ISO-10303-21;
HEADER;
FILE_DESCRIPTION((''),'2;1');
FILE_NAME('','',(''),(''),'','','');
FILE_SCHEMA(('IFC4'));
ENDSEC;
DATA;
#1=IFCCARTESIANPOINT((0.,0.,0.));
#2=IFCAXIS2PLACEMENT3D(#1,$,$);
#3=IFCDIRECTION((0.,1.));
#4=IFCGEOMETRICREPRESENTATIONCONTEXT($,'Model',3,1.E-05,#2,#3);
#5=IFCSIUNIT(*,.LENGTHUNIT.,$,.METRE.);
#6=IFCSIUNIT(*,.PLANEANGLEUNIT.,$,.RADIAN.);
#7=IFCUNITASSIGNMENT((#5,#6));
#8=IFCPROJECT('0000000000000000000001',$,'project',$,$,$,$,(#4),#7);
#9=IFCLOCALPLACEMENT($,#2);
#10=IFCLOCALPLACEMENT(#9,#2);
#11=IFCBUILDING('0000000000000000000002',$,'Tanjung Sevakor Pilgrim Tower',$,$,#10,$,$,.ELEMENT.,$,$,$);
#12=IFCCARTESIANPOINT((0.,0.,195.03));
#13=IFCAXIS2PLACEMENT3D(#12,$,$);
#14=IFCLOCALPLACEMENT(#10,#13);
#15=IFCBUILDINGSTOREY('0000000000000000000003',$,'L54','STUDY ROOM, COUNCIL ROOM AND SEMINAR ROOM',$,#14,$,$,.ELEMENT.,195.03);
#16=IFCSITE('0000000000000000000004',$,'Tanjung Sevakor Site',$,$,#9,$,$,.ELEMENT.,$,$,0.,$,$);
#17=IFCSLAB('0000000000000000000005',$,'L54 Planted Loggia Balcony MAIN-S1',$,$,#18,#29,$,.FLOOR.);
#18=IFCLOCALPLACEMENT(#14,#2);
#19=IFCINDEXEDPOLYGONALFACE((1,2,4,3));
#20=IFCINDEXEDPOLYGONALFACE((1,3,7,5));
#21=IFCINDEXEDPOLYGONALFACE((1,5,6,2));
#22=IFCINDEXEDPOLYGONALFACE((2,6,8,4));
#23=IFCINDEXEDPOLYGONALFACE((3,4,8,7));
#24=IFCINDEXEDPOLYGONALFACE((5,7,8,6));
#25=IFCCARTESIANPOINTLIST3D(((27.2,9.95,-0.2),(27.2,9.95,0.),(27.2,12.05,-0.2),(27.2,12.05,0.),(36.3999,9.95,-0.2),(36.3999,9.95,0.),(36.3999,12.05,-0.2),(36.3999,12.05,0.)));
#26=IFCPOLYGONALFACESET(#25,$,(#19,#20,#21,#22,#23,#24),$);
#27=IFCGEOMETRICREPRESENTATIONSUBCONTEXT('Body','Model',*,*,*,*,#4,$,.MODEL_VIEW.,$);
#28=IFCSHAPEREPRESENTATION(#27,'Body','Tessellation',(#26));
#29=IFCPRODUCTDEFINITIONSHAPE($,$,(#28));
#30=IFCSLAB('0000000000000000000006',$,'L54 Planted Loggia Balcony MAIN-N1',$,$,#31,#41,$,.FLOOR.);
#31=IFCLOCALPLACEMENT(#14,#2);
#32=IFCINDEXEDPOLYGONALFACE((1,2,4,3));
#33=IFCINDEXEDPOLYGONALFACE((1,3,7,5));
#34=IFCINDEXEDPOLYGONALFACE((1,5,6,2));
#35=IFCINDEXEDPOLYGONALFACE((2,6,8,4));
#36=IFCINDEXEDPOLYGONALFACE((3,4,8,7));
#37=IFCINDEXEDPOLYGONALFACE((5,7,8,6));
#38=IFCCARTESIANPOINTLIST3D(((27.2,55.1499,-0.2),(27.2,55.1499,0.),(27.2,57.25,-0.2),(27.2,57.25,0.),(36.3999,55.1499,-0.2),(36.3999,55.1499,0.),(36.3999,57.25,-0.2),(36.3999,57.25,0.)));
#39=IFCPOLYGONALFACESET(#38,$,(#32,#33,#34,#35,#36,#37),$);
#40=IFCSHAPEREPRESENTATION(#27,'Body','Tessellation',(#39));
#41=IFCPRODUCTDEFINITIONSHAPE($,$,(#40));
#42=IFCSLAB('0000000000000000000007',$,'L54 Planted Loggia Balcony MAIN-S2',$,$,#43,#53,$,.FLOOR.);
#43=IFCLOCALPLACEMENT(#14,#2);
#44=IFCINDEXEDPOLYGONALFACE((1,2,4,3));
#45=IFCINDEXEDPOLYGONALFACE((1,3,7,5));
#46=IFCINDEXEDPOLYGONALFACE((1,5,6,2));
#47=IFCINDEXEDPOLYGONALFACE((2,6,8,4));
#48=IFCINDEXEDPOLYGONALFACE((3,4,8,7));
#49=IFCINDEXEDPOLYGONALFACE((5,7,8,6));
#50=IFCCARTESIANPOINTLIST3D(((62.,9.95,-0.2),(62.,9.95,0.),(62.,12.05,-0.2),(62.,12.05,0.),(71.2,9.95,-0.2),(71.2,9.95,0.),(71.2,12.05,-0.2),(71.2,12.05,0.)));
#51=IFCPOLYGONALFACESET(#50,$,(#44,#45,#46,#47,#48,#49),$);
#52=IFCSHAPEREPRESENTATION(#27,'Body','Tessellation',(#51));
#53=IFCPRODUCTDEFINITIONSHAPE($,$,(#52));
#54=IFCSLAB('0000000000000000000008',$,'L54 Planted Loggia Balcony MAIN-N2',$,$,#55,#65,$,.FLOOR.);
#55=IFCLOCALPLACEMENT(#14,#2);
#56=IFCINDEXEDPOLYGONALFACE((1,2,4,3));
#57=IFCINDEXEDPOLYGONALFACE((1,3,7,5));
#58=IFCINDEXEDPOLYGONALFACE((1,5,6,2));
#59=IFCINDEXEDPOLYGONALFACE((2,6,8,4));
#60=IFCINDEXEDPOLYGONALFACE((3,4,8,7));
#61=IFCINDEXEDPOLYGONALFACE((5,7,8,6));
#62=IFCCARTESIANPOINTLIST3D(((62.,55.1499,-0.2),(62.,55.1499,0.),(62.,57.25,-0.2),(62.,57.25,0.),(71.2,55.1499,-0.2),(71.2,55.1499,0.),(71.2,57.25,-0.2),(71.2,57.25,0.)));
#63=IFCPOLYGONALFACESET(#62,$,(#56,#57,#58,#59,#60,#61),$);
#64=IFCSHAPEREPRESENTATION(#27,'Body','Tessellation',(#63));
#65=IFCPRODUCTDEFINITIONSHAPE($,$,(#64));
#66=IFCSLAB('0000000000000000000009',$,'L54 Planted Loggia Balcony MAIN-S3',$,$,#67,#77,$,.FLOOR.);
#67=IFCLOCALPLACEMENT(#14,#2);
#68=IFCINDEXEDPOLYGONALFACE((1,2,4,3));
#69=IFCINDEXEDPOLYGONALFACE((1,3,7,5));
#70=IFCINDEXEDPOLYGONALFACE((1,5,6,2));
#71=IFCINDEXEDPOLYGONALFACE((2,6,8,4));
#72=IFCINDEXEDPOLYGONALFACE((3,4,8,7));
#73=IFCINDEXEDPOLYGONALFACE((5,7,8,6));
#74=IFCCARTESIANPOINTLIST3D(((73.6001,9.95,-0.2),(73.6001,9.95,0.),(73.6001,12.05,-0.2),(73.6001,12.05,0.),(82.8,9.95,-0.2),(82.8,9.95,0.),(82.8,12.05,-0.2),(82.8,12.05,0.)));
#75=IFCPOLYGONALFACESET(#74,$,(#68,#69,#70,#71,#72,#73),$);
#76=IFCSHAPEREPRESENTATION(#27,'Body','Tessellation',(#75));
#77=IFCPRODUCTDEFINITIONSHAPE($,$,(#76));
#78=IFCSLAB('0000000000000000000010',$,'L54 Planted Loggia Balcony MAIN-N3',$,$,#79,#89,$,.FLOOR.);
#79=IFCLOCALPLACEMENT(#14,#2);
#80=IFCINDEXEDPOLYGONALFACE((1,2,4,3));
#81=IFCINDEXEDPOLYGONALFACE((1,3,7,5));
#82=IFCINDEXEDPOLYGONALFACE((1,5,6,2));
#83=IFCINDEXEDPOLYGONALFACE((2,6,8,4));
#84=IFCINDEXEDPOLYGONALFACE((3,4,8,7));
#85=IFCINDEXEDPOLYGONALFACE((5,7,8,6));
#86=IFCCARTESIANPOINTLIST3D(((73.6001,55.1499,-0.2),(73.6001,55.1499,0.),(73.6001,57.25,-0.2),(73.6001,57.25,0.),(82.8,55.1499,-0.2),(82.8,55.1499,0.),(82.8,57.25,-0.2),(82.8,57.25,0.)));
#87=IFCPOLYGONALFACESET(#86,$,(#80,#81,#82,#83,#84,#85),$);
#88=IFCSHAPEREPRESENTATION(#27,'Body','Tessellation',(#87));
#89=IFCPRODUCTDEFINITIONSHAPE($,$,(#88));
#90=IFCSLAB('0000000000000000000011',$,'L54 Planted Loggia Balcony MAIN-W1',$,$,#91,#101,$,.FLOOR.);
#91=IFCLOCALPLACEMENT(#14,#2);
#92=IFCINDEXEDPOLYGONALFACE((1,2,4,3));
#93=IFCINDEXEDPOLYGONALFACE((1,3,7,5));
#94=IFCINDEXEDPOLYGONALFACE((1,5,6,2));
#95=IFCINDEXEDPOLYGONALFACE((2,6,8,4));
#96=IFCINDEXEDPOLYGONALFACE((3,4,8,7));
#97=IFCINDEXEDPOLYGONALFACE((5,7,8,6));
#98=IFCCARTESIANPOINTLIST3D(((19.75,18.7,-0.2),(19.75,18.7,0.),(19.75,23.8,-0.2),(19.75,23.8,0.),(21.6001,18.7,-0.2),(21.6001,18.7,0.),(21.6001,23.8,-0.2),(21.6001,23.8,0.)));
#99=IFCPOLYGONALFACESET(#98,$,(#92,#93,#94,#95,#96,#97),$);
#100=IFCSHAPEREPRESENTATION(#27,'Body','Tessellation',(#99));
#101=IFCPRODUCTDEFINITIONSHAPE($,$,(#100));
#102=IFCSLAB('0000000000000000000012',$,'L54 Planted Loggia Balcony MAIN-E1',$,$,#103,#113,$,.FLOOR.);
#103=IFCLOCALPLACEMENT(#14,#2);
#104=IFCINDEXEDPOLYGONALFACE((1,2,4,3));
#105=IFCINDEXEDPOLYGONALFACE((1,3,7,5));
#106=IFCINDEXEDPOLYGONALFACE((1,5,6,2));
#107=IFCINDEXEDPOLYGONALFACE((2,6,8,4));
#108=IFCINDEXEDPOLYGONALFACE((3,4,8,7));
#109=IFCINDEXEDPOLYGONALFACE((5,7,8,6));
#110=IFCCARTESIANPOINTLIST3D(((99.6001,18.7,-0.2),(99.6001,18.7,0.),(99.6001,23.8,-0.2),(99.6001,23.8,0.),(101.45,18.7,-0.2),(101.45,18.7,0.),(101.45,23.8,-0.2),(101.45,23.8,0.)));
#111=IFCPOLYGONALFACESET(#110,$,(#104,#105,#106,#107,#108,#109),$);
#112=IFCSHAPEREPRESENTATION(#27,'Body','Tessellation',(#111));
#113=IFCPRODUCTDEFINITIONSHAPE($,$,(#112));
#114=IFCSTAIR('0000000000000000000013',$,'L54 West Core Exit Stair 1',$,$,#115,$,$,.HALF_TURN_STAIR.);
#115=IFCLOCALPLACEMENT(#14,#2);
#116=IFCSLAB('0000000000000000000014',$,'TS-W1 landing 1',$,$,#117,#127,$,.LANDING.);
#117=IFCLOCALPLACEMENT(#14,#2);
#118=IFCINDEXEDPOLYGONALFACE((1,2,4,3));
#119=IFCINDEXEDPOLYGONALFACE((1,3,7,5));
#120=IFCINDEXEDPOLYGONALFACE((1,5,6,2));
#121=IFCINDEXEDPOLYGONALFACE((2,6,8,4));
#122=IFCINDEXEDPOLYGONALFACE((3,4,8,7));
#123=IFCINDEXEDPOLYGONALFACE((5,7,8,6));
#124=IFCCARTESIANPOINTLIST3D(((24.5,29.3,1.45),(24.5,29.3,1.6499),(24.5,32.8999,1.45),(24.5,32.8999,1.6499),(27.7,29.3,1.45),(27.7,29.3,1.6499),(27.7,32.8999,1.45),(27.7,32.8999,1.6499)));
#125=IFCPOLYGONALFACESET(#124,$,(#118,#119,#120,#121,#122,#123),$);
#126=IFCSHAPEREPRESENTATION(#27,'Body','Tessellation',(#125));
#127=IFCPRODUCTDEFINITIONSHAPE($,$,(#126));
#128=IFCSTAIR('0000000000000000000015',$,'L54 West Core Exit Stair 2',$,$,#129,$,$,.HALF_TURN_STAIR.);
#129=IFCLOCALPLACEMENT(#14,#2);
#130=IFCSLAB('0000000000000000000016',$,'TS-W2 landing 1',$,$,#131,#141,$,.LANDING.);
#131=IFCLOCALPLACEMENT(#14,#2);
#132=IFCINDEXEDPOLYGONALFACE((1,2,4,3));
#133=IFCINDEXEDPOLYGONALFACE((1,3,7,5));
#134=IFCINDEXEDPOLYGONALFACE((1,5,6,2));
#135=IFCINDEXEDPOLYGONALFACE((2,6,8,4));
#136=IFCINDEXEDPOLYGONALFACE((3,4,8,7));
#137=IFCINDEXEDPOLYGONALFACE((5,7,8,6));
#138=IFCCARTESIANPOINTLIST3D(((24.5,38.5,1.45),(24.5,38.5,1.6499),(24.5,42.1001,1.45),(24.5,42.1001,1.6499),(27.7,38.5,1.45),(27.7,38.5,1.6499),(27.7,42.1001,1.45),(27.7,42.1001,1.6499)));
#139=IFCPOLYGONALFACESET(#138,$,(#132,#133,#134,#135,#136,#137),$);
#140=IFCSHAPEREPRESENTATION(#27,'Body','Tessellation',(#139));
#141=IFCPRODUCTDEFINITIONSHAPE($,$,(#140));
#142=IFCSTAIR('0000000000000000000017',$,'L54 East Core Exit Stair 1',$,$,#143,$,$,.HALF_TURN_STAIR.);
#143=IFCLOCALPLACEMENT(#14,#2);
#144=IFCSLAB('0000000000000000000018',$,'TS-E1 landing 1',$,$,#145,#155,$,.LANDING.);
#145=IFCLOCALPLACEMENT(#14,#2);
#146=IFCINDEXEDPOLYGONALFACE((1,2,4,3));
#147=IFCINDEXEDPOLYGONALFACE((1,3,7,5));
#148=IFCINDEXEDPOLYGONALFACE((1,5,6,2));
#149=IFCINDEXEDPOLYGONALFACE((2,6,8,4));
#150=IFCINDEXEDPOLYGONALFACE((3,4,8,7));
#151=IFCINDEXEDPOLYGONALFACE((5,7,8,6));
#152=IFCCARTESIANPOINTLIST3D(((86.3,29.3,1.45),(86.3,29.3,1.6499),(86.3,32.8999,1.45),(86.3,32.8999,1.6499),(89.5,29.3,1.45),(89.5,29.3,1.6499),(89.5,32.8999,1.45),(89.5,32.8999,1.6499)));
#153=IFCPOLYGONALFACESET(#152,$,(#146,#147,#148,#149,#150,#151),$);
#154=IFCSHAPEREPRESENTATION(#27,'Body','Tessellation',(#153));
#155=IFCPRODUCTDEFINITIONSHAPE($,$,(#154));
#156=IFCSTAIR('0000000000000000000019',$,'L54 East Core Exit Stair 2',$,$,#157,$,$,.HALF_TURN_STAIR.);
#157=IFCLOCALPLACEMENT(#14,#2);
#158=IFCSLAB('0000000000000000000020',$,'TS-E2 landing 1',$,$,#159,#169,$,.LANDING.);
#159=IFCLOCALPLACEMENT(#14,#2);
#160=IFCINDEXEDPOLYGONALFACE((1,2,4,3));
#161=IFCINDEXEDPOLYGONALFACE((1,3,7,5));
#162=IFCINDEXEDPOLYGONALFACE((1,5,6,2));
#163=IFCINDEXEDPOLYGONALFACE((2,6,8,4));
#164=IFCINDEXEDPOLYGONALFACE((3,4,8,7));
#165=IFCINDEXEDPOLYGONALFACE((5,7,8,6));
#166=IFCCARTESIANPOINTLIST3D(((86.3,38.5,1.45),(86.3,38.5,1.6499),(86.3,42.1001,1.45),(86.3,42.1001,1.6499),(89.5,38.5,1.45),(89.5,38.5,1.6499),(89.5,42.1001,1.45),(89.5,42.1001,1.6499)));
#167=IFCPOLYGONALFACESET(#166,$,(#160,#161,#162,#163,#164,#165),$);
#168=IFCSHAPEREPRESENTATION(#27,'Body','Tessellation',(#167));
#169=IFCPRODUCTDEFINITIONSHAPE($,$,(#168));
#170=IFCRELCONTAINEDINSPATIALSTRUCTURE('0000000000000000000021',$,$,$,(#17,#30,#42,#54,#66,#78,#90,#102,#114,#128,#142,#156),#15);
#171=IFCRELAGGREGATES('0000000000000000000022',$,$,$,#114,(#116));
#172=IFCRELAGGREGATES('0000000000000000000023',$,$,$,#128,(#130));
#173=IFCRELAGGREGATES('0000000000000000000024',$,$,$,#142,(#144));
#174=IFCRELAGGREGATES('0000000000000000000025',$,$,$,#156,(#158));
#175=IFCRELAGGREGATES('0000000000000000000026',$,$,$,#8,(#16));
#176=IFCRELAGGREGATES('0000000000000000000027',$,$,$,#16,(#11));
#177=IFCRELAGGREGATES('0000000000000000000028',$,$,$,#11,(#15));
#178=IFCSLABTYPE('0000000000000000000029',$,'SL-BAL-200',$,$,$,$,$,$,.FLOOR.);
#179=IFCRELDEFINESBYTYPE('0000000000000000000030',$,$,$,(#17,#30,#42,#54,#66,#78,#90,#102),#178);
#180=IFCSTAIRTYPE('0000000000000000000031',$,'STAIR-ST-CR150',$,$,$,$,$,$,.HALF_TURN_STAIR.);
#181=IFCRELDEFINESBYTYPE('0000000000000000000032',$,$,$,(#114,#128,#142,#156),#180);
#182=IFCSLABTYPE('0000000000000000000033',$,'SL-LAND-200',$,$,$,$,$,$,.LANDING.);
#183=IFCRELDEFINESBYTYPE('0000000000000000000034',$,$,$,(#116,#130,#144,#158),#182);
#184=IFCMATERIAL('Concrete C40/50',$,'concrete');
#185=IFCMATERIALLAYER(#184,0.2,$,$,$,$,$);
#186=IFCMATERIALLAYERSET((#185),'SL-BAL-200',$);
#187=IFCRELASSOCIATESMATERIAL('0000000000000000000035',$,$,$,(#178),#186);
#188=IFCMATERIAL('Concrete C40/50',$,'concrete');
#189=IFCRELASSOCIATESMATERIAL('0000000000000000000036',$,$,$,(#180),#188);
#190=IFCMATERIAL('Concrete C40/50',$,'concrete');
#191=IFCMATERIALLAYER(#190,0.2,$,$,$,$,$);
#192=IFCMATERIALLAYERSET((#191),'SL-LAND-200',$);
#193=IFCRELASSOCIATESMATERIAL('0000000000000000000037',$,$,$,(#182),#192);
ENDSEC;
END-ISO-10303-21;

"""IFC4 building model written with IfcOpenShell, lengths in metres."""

from ifc_helpers import new_model, si_unit, direction, frame, origin, place, context, subcontext, project, spatial, polyline, outline, extrude, material, layer, layer_set, type_object, element, aggregate, save


model = new_model("IFC4")

# Units and contexts
model_context = context("Model", 3, precision=1e-05, world=origin(), true_north=direction((0.0, 1.0)))
body_context = subcontext(model_context, "Body", "Model", "MODEL_VIEW")
ifc_project = project(units=[si_unit("LENGTHUNIT", "METRE"), si_unit("PLANEANGLEUNIT", "RADIAN")], contexts=[model_context])

# Site, building, storey
site_placement = place(None, origin())
site = spatial("IfcSite", under=ifc_project, at=site_placement, Name="Tanjung Sevakor Site", CompositionType="ELEMENT", RefElevation=0.0)
building_placement = place(site_placement, origin())
building = spatial("IfcBuilding", under=site, at=building_placement, Name="Tanjung Sevakor Pilgrim Tower", CompositionType="ELEMENT")
storey_placement = place(building_placement, frame((0.0, 0.0, 195.03)))
storey = spatial("IfcBuildingStorey", under=building, at=storey_placement, Name="L54", Description="STUDY ROOM, COUNCIL ROOM AND SEMINAR ROOM", CompositionType="ELEMENT", Elevation=195.03)

# Slabs
ifc_material_1 = material(Name="Concrete C40/50", Category="concrete")
ifc_layer_1 = layer(ifc_material_1, 0.2)
ifc_layer_set_1 = layer_set([ifc_layer_1], Name="SL-BAL-200")
slab_type_1 = type_object("IfcSlabType", Name="SL-BAL-200", PredefinedType="FLOOR", material=ifc_layer_set_1)
slab_1_placement = place(storey_placement, frame((0.0, 0.0, -0.2)))
element("IfcSlab", 1, at=slab_1_placement, inside=storey, type_object=slab_type_1, Name="L54 Planted Loggia Balcony MAIN-S1", PredefinedType="FLOOR", context=body_context, shape_type="SweptSolid", body=[
    extrude(outline(polyline([(27.2, 9.95), (36.3999, 9.95), (36.3999, 12.05), (27.2, 12.05), (27.2, 9.95)])), origin(), (0.0, 0.0, 1.0), 0.2),
])
slab_2_placement = place(storey_placement, frame((0.0, 0.0, -0.2)))
element("IfcSlab", 2, at=slab_2_placement, inside=storey, type_object=slab_type_1, Name="L54 Planted Loggia Balcony MAIN-N1", PredefinedType="FLOOR", context=body_context, shape_type="SweptSolid", body=[
    extrude(outline(polyline([(27.2, 55.1499), (36.3999, 55.1499), (36.3999, 57.25), (27.2, 57.25), (27.2, 55.1499)])), origin(), (0.0, 0.0, 1.0), 0.2),
])
slab_3_placement = place(storey_placement, frame((0.0, 0.0, -0.2)))
element("IfcSlab", 3, at=slab_3_placement, inside=storey, type_object=slab_type_1, Name="L54 Planted Loggia Balcony MAIN-S2", PredefinedType="FLOOR", context=body_context, shape_type="SweptSolid", body=[
    extrude(outline(polyline([(62.0, 9.95), (71.2, 9.95), (71.2, 12.05), (62.0, 12.05), (62.0, 9.95)])), origin(), (0.0, 0.0, 1.0), 0.2),
])
slab_4_placement = place(storey_placement, frame((0.0, 0.0, -0.2)))
element("IfcSlab", 4, at=slab_4_placement, inside=storey, type_object=slab_type_1, Name="L54 Planted Loggia Balcony MAIN-N2", PredefinedType="FLOOR", context=body_context, shape_type="SweptSolid", body=[
    extrude(outline(polyline([(62.0, 55.1499), (71.2, 55.1499), (71.2, 57.25), (62.0, 57.25), (62.0, 55.1499)])), origin(), (0.0, 0.0, 1.0), 0.2),
])
slab_5_placement = place(storey_placement, frame((0.0, 0.0, -0.2)))
element("IfcSlab", 5, at=slab_5_placement, inside=storey, type_object=slab_type_1, Name="L54 Planted Loggia Balcony MAIN-S3", PredefinedType="FLOOR", context=body_context, shape_type="SweptSolid", body=[
    extrude(outline(polyline([(73.6001, 9.95), (82.8, 9.95), (82.8, 12.05), (73.6001, 12.05), (73.6001, 9.95)])), origin(), (0.0, 0.0, 1.0), 0.2),
])
slab_6_placement = place(storey_placement, frame((0.0, 0.0, -0.2)))
element("IfcSlab", 6, at=slab_6_placement, inside=storey, type_object=slab_type_1, Name="L54 Planted Loggia Balcony MAIN-N3", PredefinedType="FLOOR", context=body_context, shape_type="SweptSolid", body=[
    extrude(outline(polyline([(73.6001, 55.1499), (82.8, 55.1499), (82.8, 57.25), (73.6001, 57.25), (73.6001, 55.1499)])), origin(), (0.0, 0.0, 1.0), 0.2),
])
slab_7_placement = place(storey_placement, frame((0.0, 0.0, -0.2)))
element("IfcSlab", 7, at=slab_7_placement, inside=storey, type_object=slab_type_1, Name="L54 Planted Loggia Balcony MAIN-W1", PredefinedType="FLOOR", context=body_context, shape_type="SweptSolid", body=[
    extrude(outline(polyline([(19.75, 18.7), (21.6001, 18.7), (21.6001, 23.8), (19.75, 23.8), (19.75, 18.7)])), origin(), (0.0, 0.0, 1.0), 0.2),
])
slab_8_placement = place(storey_placement, frame((0.0, 0.0, -0.2)))
element("IfcSlab", 8, at=slab_8_placement, inside=storey, type_object=slab_type_1, Name="L54 Planted Loggia Balcony MAIN-E1", PredefinedType="FLOOR", context=body_context, shape_type="SweptSolid", body=[
    extrude(outline(polyline([(99.6001, 18.7), (101.45, 18.7), (101.45, 23.8), (99.6001, 23.8), (99.6001, 18.7)])), origin(), (0.0, 0.0, 1.0), 0.2),
])

# Stairs, slabs
ifc_material_2 = material(Name="Concrete C40/50", Category="concrete")
stair_type = type_object("IfcStairType", Name="STAIR-ST-CR150", PredefinedType="HALF_TURN_STAIR", material=ifc_material_2)
stair_1_placement = place(storey_placement, origin())
stair_1 = element("IfcStair", 9, at=stair_1_placement, inside=storey, type_object=stair_type, Name="L54 West Core Exit Stair 1", PredefinedType="HALF_TURN_STAIR")
ifc_material_3 = material(Name="Concrete C40/50", Category="concrete")
ifc_layer_2 = layer(ifc_material_3, 0.2)
ifc_layer_set_2 = layer_set([ifc_layer_2], Name="SL-LAND-200")
slab_type_2 = type_object("IfcSlabType", Name="SL-LAND-200", PredefinedType="LANDING", material=ifc_layer_set_2)
slab_9_placement = place(storey_placement, frame((0.0, 0.0, 1.45)))
slab_9 = element("IfcSlab", 10, at=slab_9_placement, type_object=slab_type_2, Name="TS-W1 landing 1", PredefinedType="LANDING", context=body_context, shape_type="SweptSolid", body=[
    extrude(outline(polyline([(27.7, 29.3), (27.7, 32.8999), (24.5, 32.8999), (24.5, 29.3), (27.7, 29.3)])), origin(), (0.0, 0.0, 1.0), 0.2),
])
aggregate(stair_1, [slab_9])
stair_2_placement = place(storey_placement, origin())
stair_2 = element("IfcStair", 11, at=stair_2_placement, inside=storey, type_object=stair_type, Name="L54 West Core Exit Stair 2", PredefinedType="HALF_TURN_STAIR")
slab_10_placement = place(storey_placement, frame((0.0, 0.0, 1.45)))
slab_10 = element("IfcSlab", 12, at=slab_10_placement, type_object=slab_type_2, Name="TS-W2 landing 1", PredefinedType="LANDING", context=body_context, shape_type="SweptSolid", body=[
    extrude(outline(polyline([(27.7, 38.5), (27.7, 42.1001), (24.5, 42.1001), (24.5, 38.5), (27.7, 38.5)])), origin(), (0.0, 0.0, 1.0), 0.2),
])
aggregate(stair_2, [slab_10])
stair_3_placement = place(storey_placement, origin())
stair_3 = element("IfcStair", 13, at=stair_3_placement, inside=storey, type_object=stair_type, Name="L54 East Core Exit Stair 1", PredefinedType="HALF_TURN_STAIR")
slab_11_placement = place(storey_placement, frame((0.0, 0.0, 1.45)))
slab_11 = element("IfcSlab", 14, at=slab_11_placement, type_object=slab_type_2, Name="TS-E1 landing 1", PredefinedType="LANDING", context=body_context, shape_type="SweptSolid", body=[
    extrude(outline(polyline([(89.5, 29.3), (89.5, 32.8999), (86.3, 32.8999), (86.3, 29.3), (89.5, 29.3)])), origin(), (0.0, 0.0, 1.0), 0.2),
])
aggregate(stair_3, [slab_11])
stair_4_placement = place(storey_placement, origin())
stair_4 = element("IfcStair", 15, at=stair_4_placement, inside=storey, type_object=stair_type, Name="L54 East Core Exit Stair 2", PredefinedType="HALF_TURN_STAIR")
slab_12_placement = place(storey_placement, frame((0.0, 0.0, 1.45)))
slab_12 = element("IfcSlab", 16, at=slab_12_placement, type_object=slab_type_2, Name="TS-E2 landing 1", PredefinedType="LANDING", context=body_context, shape_type="SweptSolid", body=[
    extrude(outline(polyline([(89.5, 38.5), (89.5, 42.1001), (86.3, 42.1001), (86.3, 38.5), (89.5, 38.5)])), origin(), (0.0, 0.0, 1.0), 0.2),
])
aggregate(stair_4, [slab_12])

save(model, "model.ifc")
